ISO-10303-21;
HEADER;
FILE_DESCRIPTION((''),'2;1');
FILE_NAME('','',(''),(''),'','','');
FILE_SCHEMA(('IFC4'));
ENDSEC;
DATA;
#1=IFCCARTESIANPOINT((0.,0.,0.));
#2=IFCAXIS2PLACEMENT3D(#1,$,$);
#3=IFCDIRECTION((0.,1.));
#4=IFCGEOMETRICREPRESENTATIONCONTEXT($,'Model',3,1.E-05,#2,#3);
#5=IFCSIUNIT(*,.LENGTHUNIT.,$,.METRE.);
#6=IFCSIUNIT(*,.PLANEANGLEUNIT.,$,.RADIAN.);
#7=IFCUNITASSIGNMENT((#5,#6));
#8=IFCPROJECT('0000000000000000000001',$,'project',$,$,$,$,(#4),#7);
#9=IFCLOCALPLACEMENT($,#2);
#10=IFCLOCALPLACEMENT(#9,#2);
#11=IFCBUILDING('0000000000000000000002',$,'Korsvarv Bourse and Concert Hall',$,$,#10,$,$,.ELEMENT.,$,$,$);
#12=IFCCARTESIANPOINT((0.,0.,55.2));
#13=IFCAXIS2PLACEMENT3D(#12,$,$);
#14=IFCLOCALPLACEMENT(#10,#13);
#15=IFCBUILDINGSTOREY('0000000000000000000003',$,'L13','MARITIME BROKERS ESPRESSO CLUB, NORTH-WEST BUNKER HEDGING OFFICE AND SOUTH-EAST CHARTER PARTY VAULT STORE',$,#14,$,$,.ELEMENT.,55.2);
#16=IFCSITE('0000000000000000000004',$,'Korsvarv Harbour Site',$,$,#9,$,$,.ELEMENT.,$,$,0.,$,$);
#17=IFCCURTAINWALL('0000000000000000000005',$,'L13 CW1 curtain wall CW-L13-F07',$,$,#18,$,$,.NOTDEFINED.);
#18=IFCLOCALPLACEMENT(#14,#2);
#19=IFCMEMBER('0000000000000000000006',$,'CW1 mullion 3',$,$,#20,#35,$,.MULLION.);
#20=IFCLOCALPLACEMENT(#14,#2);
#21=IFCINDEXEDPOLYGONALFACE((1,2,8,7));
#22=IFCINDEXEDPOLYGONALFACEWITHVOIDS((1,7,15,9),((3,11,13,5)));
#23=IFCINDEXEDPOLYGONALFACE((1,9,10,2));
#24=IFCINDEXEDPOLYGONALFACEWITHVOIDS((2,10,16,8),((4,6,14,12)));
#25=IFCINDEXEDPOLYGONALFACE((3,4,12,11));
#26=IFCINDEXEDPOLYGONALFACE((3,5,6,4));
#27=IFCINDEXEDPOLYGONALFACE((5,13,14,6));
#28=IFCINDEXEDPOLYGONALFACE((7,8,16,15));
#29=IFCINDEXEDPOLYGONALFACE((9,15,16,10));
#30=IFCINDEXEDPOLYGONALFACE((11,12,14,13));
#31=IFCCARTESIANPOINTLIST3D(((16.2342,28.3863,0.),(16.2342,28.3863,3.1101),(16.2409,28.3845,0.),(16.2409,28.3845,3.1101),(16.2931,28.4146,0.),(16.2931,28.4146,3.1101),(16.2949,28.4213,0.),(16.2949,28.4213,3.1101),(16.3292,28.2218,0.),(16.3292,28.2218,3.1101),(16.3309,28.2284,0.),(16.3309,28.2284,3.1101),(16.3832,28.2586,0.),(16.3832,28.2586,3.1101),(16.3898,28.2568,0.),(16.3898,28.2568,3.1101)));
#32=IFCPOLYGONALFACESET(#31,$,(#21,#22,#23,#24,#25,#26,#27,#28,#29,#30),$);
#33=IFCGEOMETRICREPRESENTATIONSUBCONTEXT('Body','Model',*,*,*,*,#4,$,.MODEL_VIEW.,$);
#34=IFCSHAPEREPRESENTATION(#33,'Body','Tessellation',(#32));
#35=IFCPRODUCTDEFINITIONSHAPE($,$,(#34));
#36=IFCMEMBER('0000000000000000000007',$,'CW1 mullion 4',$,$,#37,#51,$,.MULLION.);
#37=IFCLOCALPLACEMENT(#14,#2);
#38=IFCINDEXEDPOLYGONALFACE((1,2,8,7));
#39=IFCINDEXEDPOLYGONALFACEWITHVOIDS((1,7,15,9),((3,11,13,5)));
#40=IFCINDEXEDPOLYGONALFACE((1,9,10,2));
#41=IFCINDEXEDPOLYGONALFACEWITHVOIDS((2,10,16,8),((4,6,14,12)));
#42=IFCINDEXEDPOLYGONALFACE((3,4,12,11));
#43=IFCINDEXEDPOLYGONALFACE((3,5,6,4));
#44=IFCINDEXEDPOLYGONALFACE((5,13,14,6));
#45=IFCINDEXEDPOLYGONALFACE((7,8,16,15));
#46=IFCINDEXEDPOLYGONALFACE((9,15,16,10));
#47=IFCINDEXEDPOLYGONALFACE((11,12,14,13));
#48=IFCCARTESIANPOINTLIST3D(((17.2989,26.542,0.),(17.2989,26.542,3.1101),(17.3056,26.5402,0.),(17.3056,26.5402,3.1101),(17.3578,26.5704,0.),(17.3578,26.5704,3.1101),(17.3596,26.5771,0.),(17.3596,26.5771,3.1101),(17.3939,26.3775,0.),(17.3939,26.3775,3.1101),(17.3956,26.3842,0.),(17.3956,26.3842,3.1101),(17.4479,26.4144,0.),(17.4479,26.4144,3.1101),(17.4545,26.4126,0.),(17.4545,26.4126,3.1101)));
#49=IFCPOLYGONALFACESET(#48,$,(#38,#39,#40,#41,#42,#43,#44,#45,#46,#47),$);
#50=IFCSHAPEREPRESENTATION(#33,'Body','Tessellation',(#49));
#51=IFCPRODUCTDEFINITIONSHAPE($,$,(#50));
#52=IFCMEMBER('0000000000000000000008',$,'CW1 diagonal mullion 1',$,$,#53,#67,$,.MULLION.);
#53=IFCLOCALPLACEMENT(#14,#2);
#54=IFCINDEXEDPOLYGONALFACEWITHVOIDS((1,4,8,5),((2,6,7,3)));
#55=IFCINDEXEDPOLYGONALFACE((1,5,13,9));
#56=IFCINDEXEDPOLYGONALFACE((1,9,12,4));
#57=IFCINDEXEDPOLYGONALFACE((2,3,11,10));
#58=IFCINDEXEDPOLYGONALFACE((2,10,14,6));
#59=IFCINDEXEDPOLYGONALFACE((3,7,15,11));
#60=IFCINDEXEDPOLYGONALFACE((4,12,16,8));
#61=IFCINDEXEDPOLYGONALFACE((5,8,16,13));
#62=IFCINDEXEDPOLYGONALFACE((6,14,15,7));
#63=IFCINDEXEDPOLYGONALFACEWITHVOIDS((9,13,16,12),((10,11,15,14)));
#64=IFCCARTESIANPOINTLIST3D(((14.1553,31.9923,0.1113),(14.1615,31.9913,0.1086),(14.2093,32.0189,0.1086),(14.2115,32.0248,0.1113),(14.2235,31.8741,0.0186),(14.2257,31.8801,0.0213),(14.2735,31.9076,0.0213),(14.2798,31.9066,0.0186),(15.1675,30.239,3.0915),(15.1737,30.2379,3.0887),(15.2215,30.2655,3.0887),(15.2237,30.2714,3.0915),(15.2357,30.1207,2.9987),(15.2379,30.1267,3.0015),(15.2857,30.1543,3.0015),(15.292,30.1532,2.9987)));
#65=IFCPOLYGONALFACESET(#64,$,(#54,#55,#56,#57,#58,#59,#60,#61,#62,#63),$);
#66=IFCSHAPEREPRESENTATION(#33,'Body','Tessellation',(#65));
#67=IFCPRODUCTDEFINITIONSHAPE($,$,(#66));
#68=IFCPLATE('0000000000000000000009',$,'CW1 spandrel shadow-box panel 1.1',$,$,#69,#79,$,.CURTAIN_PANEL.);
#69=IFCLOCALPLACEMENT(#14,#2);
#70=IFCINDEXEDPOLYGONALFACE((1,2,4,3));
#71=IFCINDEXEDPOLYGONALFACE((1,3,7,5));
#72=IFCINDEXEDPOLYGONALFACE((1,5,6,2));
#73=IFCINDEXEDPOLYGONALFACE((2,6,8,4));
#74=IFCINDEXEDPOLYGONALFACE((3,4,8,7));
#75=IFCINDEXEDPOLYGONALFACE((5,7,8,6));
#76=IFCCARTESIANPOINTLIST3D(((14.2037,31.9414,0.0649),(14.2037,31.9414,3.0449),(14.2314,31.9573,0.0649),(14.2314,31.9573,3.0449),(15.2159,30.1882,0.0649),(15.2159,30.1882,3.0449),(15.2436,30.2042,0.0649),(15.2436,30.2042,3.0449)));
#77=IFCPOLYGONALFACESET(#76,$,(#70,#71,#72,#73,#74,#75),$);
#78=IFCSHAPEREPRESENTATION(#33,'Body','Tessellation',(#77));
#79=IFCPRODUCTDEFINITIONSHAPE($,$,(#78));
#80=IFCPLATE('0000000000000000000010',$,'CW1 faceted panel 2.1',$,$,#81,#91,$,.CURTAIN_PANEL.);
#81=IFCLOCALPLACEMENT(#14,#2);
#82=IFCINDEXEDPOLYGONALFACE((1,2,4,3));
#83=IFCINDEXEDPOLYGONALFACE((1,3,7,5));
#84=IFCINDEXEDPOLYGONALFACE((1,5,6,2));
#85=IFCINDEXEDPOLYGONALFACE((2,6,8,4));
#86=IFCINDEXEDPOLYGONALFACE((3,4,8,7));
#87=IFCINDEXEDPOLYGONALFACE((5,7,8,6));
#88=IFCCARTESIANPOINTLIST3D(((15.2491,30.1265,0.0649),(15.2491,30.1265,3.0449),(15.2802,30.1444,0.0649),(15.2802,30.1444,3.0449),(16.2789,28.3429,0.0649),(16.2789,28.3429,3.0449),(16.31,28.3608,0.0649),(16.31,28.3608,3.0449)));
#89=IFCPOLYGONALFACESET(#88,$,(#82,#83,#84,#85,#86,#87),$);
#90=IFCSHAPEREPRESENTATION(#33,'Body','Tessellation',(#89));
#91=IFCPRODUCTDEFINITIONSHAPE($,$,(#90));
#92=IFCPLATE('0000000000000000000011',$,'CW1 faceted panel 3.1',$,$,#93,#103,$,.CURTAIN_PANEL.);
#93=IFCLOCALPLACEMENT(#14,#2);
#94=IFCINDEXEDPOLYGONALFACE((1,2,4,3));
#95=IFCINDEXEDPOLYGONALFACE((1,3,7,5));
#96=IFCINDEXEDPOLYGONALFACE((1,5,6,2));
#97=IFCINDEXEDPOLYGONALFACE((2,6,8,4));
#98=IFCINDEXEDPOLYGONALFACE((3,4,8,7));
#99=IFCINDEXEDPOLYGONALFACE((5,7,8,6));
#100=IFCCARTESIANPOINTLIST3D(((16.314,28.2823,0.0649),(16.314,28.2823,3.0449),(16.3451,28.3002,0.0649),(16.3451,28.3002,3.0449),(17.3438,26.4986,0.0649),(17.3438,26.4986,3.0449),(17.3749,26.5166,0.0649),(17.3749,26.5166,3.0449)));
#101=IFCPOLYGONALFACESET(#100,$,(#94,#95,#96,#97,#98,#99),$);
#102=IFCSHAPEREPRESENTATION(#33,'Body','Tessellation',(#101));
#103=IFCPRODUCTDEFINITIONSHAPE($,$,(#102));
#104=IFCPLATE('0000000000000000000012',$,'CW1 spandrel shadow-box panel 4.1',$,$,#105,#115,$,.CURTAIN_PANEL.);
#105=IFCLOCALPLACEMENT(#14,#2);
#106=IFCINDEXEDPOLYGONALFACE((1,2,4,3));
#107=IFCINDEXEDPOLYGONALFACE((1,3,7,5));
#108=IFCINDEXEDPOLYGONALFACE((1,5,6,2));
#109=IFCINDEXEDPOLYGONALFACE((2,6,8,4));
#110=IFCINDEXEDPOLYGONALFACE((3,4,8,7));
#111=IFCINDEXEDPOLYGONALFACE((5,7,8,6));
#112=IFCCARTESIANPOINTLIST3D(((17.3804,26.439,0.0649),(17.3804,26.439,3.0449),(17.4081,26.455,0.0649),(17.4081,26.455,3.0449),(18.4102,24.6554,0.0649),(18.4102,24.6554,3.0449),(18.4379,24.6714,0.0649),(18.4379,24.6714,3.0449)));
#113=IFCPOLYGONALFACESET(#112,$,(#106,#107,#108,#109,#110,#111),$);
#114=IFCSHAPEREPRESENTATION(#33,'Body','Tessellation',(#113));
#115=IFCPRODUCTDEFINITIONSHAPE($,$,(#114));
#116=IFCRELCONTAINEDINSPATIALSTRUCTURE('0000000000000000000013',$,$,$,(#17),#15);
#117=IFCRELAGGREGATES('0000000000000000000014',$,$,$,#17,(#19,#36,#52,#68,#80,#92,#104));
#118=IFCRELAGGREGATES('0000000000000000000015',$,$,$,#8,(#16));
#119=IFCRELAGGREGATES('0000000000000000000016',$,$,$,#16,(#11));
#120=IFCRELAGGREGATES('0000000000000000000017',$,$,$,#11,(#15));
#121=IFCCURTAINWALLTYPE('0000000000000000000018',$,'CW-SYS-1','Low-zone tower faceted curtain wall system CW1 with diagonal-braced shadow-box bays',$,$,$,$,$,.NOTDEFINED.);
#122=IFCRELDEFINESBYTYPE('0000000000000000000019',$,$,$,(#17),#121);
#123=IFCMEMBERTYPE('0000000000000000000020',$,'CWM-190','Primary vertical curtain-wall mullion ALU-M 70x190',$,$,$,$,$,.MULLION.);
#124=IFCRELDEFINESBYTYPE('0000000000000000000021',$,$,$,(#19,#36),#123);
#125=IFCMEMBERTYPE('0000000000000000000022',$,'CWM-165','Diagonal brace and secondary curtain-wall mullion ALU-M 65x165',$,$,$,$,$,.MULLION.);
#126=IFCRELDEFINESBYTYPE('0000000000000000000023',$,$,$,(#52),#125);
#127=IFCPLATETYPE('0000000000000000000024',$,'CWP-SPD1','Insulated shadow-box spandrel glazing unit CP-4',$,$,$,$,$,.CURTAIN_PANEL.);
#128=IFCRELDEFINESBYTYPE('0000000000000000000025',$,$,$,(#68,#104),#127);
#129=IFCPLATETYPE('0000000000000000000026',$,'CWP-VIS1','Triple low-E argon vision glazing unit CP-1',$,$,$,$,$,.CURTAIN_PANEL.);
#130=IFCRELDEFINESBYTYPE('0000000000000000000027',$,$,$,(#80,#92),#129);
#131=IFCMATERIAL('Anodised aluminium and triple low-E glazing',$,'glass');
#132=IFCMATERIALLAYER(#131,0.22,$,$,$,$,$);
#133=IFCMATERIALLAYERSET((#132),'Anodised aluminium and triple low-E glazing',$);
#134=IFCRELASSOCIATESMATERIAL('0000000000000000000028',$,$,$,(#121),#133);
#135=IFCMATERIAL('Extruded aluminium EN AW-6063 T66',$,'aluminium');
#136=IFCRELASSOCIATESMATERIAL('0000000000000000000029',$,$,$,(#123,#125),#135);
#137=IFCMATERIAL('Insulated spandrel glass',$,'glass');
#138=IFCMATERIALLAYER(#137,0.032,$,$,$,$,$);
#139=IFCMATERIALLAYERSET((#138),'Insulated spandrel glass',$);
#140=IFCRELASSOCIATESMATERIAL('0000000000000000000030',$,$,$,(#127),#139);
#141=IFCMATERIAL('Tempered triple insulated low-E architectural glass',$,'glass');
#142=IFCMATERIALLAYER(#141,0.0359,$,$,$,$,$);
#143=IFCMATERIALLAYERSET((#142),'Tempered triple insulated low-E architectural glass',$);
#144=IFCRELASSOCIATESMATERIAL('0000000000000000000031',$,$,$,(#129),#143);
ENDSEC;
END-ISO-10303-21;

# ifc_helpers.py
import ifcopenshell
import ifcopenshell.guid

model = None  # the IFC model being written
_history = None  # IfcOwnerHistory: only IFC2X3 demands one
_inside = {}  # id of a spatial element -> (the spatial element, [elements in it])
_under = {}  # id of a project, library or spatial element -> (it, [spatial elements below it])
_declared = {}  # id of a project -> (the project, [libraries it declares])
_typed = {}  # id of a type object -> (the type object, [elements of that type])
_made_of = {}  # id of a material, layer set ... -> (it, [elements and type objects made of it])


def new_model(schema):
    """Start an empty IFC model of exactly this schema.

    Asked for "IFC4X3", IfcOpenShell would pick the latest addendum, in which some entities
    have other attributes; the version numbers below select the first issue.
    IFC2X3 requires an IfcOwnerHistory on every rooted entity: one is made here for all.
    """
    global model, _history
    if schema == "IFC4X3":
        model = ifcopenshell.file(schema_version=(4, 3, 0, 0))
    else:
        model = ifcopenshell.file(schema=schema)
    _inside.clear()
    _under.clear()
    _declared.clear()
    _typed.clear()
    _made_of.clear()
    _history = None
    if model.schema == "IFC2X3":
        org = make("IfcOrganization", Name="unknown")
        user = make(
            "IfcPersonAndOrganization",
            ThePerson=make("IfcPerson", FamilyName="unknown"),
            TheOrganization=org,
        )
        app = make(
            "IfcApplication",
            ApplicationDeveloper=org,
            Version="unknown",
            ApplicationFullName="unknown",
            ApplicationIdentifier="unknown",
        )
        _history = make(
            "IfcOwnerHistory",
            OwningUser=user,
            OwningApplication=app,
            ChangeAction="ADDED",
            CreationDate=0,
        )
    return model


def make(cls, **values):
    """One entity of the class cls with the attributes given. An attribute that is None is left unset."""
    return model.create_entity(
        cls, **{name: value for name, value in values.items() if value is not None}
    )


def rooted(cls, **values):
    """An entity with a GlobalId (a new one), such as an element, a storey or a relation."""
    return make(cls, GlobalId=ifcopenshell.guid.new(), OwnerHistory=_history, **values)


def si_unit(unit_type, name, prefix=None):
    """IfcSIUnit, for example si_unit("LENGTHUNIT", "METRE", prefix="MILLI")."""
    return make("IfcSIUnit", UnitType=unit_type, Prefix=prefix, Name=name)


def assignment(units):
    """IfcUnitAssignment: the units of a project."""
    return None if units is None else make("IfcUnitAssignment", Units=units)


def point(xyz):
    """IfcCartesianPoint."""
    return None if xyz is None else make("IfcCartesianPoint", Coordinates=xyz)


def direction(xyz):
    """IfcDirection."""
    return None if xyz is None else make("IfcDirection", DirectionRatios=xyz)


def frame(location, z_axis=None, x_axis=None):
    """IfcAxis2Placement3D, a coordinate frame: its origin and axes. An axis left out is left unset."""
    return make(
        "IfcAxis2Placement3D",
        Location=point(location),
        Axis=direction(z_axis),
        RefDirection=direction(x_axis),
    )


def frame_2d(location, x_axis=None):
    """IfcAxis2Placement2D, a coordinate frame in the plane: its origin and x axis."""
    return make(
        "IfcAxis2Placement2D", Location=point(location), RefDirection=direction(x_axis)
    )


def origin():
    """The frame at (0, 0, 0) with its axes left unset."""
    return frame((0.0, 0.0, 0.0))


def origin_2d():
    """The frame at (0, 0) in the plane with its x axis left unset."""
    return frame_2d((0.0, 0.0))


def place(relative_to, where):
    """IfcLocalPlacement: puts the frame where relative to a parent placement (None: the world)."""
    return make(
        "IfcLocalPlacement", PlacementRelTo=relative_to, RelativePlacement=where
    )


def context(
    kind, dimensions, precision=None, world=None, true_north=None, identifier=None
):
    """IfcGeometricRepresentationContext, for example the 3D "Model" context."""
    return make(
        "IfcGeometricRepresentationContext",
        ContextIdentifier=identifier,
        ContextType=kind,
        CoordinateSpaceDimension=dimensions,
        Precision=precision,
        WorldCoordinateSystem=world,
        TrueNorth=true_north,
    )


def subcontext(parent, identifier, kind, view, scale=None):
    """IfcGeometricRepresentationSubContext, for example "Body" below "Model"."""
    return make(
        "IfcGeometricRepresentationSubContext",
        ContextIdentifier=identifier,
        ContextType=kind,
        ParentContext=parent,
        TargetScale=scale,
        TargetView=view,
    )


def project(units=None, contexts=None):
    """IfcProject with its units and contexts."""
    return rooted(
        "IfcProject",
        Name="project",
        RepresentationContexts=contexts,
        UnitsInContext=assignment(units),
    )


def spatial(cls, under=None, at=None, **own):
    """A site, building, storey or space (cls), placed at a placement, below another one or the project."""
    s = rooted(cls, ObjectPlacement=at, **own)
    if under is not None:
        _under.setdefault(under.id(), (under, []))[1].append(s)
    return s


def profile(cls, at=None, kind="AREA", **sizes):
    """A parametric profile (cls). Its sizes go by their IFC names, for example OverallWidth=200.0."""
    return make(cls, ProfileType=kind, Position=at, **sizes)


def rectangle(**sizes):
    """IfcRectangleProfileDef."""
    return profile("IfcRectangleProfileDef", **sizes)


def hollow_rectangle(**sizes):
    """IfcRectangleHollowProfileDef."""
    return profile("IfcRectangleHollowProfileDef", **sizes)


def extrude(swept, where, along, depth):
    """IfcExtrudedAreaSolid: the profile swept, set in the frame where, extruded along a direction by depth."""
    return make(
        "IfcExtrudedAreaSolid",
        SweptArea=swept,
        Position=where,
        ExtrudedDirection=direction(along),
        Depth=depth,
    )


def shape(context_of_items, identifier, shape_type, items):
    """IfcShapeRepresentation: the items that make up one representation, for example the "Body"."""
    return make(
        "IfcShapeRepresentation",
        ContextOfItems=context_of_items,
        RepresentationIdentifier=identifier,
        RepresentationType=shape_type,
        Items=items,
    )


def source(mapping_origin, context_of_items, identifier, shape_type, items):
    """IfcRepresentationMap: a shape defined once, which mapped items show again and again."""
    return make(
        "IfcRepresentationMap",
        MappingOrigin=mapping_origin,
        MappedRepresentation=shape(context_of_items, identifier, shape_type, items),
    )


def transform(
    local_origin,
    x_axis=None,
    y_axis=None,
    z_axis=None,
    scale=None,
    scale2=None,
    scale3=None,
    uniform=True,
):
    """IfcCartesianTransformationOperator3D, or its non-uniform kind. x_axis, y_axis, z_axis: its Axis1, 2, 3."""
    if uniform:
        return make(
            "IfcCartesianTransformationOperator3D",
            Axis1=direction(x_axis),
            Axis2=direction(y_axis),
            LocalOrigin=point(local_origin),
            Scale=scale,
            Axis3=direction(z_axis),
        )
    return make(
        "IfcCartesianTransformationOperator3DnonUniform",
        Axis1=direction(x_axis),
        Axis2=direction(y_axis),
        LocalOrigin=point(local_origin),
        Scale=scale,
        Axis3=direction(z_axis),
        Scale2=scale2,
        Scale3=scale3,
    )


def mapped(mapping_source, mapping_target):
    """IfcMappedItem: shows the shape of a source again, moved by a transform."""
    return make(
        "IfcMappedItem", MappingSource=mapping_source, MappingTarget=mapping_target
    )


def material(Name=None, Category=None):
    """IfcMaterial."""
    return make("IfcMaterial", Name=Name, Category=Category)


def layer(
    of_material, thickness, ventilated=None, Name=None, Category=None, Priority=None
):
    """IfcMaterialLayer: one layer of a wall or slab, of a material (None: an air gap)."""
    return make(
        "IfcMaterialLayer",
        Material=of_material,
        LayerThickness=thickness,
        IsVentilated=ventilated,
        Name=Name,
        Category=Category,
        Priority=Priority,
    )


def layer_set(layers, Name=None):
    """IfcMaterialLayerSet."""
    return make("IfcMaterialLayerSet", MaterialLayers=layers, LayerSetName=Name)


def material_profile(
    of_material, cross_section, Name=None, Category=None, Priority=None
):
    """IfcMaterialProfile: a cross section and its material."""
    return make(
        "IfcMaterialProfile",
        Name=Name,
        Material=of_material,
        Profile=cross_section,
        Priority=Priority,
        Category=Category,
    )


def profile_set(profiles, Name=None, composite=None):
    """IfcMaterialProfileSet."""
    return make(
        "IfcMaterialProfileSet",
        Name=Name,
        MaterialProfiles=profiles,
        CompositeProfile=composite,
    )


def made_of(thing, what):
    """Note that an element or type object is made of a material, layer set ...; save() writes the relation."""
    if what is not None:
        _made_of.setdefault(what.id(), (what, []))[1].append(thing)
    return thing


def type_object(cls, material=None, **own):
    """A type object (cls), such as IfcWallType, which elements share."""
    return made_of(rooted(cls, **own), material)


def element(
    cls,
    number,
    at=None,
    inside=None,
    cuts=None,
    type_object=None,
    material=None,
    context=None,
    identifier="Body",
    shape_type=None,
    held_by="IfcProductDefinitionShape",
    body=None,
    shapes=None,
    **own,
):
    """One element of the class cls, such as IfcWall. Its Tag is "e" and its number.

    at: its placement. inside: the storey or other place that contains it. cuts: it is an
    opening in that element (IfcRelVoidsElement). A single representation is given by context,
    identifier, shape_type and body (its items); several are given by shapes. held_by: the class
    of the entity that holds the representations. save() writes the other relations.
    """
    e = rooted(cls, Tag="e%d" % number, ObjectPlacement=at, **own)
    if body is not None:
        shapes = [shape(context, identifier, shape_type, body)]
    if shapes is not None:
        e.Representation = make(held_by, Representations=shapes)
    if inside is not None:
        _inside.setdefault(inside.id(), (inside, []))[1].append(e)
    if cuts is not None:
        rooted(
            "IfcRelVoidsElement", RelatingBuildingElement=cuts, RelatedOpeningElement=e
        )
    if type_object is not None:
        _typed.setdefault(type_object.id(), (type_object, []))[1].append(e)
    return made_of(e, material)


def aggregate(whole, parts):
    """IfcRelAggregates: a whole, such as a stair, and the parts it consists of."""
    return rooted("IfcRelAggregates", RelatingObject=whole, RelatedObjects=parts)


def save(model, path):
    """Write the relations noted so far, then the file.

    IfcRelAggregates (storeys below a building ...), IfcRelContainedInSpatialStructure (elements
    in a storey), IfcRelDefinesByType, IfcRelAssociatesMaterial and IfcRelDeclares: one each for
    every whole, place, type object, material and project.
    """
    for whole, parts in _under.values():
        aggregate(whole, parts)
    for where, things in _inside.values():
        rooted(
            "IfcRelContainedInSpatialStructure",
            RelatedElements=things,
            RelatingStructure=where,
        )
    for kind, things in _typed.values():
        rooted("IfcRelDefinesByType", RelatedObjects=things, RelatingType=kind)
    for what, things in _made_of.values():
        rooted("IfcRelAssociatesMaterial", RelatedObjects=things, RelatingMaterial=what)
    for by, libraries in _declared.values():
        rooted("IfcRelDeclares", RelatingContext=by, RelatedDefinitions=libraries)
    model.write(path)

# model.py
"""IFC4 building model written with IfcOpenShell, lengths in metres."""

from ifc_helpers import new_model, si_unit, direction, frame, origin, origin_2d, place, context, subcontext, project, spatial, rectangle, hollow_rectangle, extrude, source, transform, mapped, material, layer, layer_set, material_profile, profile_set, type_object, element, aggregate, save


model = new_model("IFC4")

# Units and contexts
model_context = context("Model", 3, precision=1e-05, world=origin(), true_north=direction((0.0, 1.0)))
body_context = subcontext(model_context, "Body", "Model", "MODEL_VIEW")
ifc_project = project(units=[si_unit("LENGTHUNIT", "METRE"), si_unit("PLANEANGLEUNIT", "RADIAN")], contexts=[model_context])

# Site, building, storey
site_placement = place(None, origin())
site = spatial("IfcSite", under=ifc_project, at=site_placement, Name="Korsvarv Harbour Site", CompositionType="ELEMENT", RefElevation=0.0)
building_placement = place(site_placement, origin())
building = spatial("IfcBuilding", under=site, at=building_placement, Name="Korsvarv Bourse and Concert Hall", CompositionType="ELEMENT")
storey_placement = place(building_placement, frame((0.0, 0.0, 55.2)))
storey = spatial("IfcBuildingStorey", under=building, at=storey_placement, Name="L13", Description="MARITIME BROKERS ESPRESSO CLUB, NORTH-WEST BUNKER HEDGING OFFICE AND SOUTH-EAST CHARTER PARTY VAULT STORE", CompositionType="ELEMENT", Elevation=55.2)

# Curtain wall, members, plates
ifc_material_1 = material(Name="Anodised aluminium and triple low-E glazing", Category="glass")
ifc_layer_1 = layer(ifc_material_1, 0.22)
ifc_layer_set_1 = layer_set([ifc_layer_1], Name="Anodised aluminium and triple low-E glazing")
curtain_wall_type = type_object("IfcCurtainWallType", Name="CW-SYS-1", Description="Low-zone tower faceted curtain wall system CW1 with diagonal-braced shadow-box bays", PredefinedType="NOTDEFINED", material=ifc_layer_set_1)
curtain_wall_placement = place(storey_placement, origin())
curtain_wall = element("IfcCurtainWall", 1, at=curtain_wall_placement, inside=storey, type_object=curtain_wall_type, Name="L13 CW1 curtain wall CW-L13-F07", PredefinedType="NOTDEFINED")
ifc_material_2 = material(Name="Extruded aluminium EN AW-6063 T66", Category="aluminium")
ifc_material_profile_1 = material_profile(ifc_material_2, hollow_rectangle(XDim=0.0701, YDim=0.1899, WallThickness=0.0049, at=origin_2d()), Name="ALU-M 70x190")
ifc_profile_set_1 = profile_set([ifc_material_profile_1], Name="Extruded aluminium EN AW-6063 T66")
member_type_1 = type_object("IfcMemberType", Name="CWM-190", Description="Primary vertical curtain-wall mullion ALU-M 70x190", PredefinedType="MULLION", material=ifc_profile_set_1)
shared_shape_1 = source(origin(), body_context, "Body", "SweptSolid", [
    extrude(hollow_rectangle(XDim=0.0701, YDim=0.1899, WallThickness=0.0049, at=origin_2d()), origin(), (0.0, 0.0, 1.0), 3.1101),
])
member_1_placement = place(storey_placement, frame((16.312, 28.3215, 0.0), z_axis=(0.0, 0.0, 1.0), x_axis=(0.866025, 0.5, 0.0)))
member_1 = element("IfcMember", 2, at=member_1_placement, type_object=member_type_1, Name="CW1 mullion 3", PredefinedType="MULLION", context=body_context, shape_type="MappedRepresentation", body=[
    mapped(shared_shape_1, transform((0.0, 0.0, 0.0), scale=1.0)),
])
member_2_placement = place(storey_placement, frame((17.3767, 26.4773, 0.0), z_axis=(0.0, 0.0, 1.0), x_axis=(0.866025, 0.5, 0.0)))
member_2 = element("IfcMember", 3, at=member_2_placement, type_object=member_type_1, Name="CW1 mullion 4", PredefinedType="MULLION", context=body_context, shape_type="MappedRepresentation", body=[
    mapped(shared_shape_1, transform((0.0, 0.0, 0.0), scale=1.0)),
])
ifc_material_profile_2 = material_profile(ifc_material_2, hollow_rectangle(XDim=0.0649, YDim=0.165, WallThickness=0.0049, at=origin_2d()), Name="ALU-M 65x165")
ifc_profile_set_2 = profile_set([ifc_material_profile_2], Name="Extruded aluminium EN AW-6063 T66")
member_type_2 = type_object("IfcMemberType", Name="CWM-165", Description="Diagonal brace and secondary curtain-wall mullion ALU-M 65x165", PredefinedType="MULLION", material=ifc_profile_set_2)
shared_shape_2 = source(origin(), body_context, "Body", "SweptSolid", [
    extrude(hollow_rectangle(XDim=0.0649, YDim=0.165, WallThickness=0.0049, at=origin_2d()), origin(), (0.0, 0.0, 1.0), 3.6028),
])
member_3_placement = place(storey_placement, frame((14.2175, 31.9495, 0.0649), z_axis=(0.280944, -0.486671, 0.827177), x_axis=(0.866053, 0.499952, 0.0)))
member_3 = element("IfcMember", 4, at=member_3_placement, type_object=member_type_2, Name="CW1 diagonal mullion 1", PredefinedType="MULLION", context=body_context, shape_type="MappedRepresentation", body=[
    mapped(shared_shape_2, transform((0.0, 0.0, 0.0), scale=1.0)),
])
ifc_material_3 = material(Name="Insulated spandrel glass", Category="glass")
ifc_layer_2 = layer(ifc_material_3, 0.032)
ifc_layer_set_2 = layer_set([ifc_layer_2], Name="Insulated spandrel glass")
plate_type_1 = type_object("IfcPlateType", Name="CWP-SPD1", Description="Insulated shadow-box spandrel glazing unit CP-4", PredefinedType="CURTAIN_PANEL", material=ifc_layer_set_2)
shared_shape_3 = source(origin(), body_context, "Body", "SweptSolid", [
    extrude(rectangle(XDim=2.0244, YDim=0.032, at=origin_2d()), origin(), (0.0, 0.0, 1.0), 2.98),
])
plate_1_placement = place(storey_placement, frame((14.7236, 31.0728, 0.0649), z_axis=(0.0, 0.0, 1.0), x_axis=(0.5, -0.866025, 0.0)))
plate_1 = element("IfcPlate", 5, at=plate_1_placement, type_object=plate_type_1, Name="CW1 spandrel shadow-box panel 1.1", PredefinedType="CURTAIN_PANEL", context=body_context, shape_type="MappedRepresentation", body=[
    mapped(shared_shape_3, transform((0.0, 0.0, 0.0), scale=1.0)),
])
ifc_material_4 = material(Name="Tempered triple insulated low-E architectural glass", Category="glass")
ifc_layer_3 = layer(ifc_material_4, 0.0359)
ifc_layer_set_3 = layer_set([ifc_layer_3], Name="Tempered triple insulated low-E architectural glass")
plate_type_2 = type_object("IfcPlateType", Name="CWP-VIS1", Description="Triple low-E argon vision glazing unit CP-1", PredefinedType="CURTAIN_PANEL", material=ifc_layer_set_3)
shared_shape_4 = source(origin(), body_context, "Body", "SweptSolid", [
    extrude(rectangle(XDim=2.0596, YDim=0.0359, at=origin_2d()), origin(), (0.0, 0.0, 1.0), 2.98),
])
plate_2_placement = place(storey_placement, frame((15.7795, 29.2437, 0.0649), z_axis=(0.0, 0.0, 1.0), x_axis=(0.5, -0.866025, 0.0)))
plate_2 = element("IfcPlate", 6, at=plate_2_placement, type_object=plate_type_2, Name="CW1 faceted panel 2.1", PredefinedType="CURTAIN_PANEL", context=body_context, shape_type="MappedRepresentation", body=[
    mapped(shared_shape_4, transform((0.0, 0.0, 0.0), scale=1.0)),
])
plate_3_placement = place(storey_placement, frame((16.8445, 27.3994, 0.0649), z_axis=(0.0, 0.0, 1.0), x_axis=(0.5, -0.866025, 0.0)))
plate_3 = element("IfcPlate", 7, at=plate_3_placement, type_object=plate_type_2, Name="CW1 faceted panel 3.1", PredefinedType="CURTAIN_PANEL", context=body_context, shape_type="MappedRepresentation", body=[
    mapped(shared_shape_4, transform((0.0, 0.0, 0.0), scale=1.0)),
])
shared_shape_5 = source(origin(), body_context, "Body", "SweptSolid", [
    extrude(rectangle(XDim=2.0596, YDim=0.032, at=origin_2d()), origin(), (0.0, 0.0, 1.0), 2.98),
])
plate_4_placement = place(storey_placement, frame((17.9092, 25.5552, 0.0649), z_axis=(0.0, 0.0, 1.0), x_axis=(0.5, -0.866025, 0.0)))
plate_4 = element("IfcPlate", 8, at=plate_4_placement, type_object=plate_type_1, Name="CW1 spandrel shadow-box panel 4.1", PredefinedType="CURTAIN_PANEL", context=body_context, shape_type="MappedRepresentation", body=[
    mapped(shared_shape_5, transform((0.0, 0.0, 0.0), scale=1.0)),
])
aggregate(curtain_wall, [member_1, member_2, member_3, plate_1, plate_2, plate_3, plate_4])

save(model, "model.ifc")
